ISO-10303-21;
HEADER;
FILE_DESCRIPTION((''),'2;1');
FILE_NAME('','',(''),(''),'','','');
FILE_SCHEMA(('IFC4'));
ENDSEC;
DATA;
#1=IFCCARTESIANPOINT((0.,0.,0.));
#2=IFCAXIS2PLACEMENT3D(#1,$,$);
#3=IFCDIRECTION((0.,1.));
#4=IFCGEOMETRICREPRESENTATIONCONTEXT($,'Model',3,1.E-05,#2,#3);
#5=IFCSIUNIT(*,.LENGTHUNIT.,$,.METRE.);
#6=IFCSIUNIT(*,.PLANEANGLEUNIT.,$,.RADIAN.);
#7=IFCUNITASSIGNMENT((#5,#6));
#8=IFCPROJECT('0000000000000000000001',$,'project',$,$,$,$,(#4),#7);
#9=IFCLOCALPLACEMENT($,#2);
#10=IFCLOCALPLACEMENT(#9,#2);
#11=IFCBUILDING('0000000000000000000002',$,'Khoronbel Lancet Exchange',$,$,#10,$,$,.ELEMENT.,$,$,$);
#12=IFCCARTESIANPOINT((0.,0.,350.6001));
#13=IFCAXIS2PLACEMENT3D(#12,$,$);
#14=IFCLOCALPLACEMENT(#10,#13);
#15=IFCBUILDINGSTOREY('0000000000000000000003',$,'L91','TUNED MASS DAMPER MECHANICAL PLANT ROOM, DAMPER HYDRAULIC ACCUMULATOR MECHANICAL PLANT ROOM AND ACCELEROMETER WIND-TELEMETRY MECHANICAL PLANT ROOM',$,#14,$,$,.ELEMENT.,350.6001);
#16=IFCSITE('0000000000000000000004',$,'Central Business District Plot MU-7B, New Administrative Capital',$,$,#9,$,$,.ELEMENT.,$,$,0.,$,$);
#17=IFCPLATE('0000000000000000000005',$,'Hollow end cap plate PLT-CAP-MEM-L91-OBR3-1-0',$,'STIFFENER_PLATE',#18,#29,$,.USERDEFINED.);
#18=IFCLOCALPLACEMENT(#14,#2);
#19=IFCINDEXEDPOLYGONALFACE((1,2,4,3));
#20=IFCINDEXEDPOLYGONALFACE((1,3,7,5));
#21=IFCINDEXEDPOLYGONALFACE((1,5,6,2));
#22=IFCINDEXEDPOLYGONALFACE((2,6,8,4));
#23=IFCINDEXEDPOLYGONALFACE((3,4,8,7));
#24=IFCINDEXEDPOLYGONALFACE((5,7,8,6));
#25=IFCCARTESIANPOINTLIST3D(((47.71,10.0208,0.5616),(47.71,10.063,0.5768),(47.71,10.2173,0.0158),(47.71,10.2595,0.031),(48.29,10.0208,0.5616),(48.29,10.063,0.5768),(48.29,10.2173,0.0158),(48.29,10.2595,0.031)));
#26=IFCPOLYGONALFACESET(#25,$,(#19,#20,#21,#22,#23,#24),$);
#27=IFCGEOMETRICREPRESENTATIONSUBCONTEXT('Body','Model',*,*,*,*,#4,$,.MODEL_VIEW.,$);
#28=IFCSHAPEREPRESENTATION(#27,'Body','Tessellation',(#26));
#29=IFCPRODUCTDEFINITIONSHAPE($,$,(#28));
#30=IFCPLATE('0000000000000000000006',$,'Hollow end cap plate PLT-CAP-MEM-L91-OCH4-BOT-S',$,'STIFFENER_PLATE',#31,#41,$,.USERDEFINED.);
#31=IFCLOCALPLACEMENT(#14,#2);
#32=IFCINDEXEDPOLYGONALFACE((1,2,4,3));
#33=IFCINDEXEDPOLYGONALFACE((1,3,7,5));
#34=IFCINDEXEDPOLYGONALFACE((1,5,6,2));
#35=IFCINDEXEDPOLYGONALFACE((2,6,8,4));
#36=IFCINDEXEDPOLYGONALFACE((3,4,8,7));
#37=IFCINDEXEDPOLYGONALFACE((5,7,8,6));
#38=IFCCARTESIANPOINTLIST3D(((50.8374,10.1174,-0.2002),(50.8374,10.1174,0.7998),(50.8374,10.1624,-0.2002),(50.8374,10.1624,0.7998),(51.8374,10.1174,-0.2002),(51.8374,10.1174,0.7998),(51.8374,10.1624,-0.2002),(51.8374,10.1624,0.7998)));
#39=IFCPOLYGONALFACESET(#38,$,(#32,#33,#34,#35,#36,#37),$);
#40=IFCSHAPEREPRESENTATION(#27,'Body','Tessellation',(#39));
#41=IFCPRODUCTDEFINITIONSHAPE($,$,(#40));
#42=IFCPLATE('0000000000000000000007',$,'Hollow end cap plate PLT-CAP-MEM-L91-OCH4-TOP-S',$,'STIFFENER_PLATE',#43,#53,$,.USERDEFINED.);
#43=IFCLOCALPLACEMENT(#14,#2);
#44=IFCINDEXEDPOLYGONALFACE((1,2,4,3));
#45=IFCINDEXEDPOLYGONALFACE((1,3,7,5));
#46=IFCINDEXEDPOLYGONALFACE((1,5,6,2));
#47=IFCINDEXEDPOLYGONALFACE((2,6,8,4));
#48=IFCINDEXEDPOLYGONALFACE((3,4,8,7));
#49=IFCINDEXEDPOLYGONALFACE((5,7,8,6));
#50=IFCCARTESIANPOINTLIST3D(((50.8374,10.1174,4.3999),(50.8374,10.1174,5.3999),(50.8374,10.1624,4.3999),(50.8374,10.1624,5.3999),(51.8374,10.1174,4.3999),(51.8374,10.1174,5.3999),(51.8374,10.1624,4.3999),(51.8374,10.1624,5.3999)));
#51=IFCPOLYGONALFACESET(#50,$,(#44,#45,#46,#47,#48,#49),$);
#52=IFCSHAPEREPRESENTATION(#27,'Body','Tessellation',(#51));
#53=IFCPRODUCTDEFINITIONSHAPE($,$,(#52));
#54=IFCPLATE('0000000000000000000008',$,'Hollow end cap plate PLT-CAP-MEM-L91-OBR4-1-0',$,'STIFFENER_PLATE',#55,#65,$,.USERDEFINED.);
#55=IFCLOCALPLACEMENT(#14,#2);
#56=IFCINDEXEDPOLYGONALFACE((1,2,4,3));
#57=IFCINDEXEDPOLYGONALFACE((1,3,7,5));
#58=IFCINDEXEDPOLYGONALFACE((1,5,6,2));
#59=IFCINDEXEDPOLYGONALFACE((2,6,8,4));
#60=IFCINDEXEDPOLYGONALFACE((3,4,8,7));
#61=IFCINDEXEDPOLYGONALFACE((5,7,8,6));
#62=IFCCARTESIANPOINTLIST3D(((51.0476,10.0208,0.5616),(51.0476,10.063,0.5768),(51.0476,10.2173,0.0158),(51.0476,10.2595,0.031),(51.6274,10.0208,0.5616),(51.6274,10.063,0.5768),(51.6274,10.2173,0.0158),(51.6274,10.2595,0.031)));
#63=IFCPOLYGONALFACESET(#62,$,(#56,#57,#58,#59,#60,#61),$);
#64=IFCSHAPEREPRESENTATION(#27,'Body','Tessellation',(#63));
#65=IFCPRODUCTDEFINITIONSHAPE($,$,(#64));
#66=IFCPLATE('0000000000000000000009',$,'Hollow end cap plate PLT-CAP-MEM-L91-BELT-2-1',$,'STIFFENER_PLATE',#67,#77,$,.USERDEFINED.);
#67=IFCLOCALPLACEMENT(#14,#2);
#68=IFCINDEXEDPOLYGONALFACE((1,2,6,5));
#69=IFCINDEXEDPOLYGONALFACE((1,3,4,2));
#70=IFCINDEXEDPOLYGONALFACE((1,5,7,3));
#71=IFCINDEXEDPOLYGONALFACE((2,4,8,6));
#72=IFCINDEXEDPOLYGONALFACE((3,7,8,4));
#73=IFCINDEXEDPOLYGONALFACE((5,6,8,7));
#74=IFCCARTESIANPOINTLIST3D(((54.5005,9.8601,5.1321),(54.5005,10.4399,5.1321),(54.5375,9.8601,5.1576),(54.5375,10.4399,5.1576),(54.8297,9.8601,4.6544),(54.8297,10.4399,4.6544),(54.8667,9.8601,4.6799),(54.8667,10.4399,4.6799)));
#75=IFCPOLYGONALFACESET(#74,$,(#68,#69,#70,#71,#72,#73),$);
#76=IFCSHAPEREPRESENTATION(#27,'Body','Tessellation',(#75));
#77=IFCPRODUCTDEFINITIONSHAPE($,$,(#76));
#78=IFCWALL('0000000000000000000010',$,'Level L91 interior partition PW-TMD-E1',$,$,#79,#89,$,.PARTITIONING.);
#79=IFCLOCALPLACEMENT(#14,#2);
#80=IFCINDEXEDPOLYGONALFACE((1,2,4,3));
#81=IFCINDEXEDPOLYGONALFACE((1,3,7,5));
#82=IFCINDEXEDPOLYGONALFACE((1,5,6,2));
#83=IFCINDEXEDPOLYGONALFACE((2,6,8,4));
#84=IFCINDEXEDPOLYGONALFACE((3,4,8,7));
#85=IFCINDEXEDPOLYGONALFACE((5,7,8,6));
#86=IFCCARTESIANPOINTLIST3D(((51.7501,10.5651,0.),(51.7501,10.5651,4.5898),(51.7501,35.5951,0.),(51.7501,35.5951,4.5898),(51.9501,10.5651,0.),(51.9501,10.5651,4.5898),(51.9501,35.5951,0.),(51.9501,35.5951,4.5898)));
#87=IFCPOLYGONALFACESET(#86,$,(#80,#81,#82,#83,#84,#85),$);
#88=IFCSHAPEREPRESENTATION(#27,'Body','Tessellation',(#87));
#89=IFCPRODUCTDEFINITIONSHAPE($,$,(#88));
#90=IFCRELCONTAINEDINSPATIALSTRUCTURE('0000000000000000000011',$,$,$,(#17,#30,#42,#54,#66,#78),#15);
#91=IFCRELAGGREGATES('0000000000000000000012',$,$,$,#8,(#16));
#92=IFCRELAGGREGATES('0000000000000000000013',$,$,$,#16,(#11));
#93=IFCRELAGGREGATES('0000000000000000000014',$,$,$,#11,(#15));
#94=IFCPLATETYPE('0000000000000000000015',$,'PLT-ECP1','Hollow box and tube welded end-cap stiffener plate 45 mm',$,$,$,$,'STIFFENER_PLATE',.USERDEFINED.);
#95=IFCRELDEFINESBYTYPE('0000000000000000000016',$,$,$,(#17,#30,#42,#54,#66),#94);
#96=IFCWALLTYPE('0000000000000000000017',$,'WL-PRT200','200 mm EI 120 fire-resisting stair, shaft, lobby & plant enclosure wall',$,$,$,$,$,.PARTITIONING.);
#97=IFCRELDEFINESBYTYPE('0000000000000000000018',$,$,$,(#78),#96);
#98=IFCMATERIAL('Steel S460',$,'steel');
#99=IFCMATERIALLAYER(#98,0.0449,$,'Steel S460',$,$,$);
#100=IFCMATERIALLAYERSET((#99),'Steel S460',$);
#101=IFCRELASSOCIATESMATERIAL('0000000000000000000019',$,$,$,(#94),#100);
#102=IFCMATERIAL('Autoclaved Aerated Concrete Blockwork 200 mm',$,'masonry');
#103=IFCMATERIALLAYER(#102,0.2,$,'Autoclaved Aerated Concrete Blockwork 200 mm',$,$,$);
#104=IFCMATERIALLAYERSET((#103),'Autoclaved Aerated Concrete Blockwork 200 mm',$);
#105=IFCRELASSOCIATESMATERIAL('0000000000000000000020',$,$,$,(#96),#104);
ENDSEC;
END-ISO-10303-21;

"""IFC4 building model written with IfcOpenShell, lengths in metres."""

from ifc_helpers import new_model, si_unit, direction, frame, frame_2d, origin, origin_2d, place, context, subcontext, project, spatial, polyline, rectangle, outline, extrude, material, layer, layer_set, type_object, element, save


model = new_model("IFC4")

# Units and contexts
model_context = context("Model", 3, precision=1e-05, world=origin(), true_north=direction((0.0, 1.0)))
body_context = subcontext(model_context, "Body", "Model", "MODEL_VIEW")
ifc_project = project(units=[si_unit("LENGTHUNIT", "METRE"), si_unit("PLANEANGLEUNIT", "RADIAN")], contexts=[model_context])

# Site, building, storey
site_placement = place(None, origin())
site = spatial("IfcSite", under=ifc_project, at=site_placement, Name="Central Business District Plot MU-7B, New Administrative Capital", CompositionType="ELEMENT", RefElevation=0.0)
building_placement = place(site_placement, origin())
building = spatial("IfcBuilding", under=site, at=building_placement, Name="Khoronbel Lancet Exchange", CompositionType="ELEMENT")
storey_placement = place(building_placement, frame((0.0, 0.0, 350.6001)))
storey = spatial("IfcBuildingStorey", under=building, at=storey_placement, Name="L91", Description="TUNED MASS DAMPER MECHANICAL PLANT ROOM, DAMPER HYDRAULIC ACCUMULATOR MECHANICAL PLANT ROOM AND ACCELEROMETER WIND-TELEMETRY MECHANICAL PLANT ROOM", CompositionType="ELEMENT", Elevation=350.6001)

# Shared definitions
ifc_material_1 = material(Name="Steel S460", Category="steel")

# Plates
ifc_layer_1 = layer(ifc_material_1, 0.0449, Name="Steel S460")
ifc_layer_set_1 = layer_set([ifc_layer_1], Name="Steel S460")
plate_type_1 = type_object("IfcPlateType", Name="PLT-ECP1", Description="Hollow box and tube welded end-cap stiffener plate 45 mm", ElementType="STIFFENER_PLATE", PredefinedType="USERDEFINED", material=ifc_layer_set_1)
plate_1_placement = place(storey_placement, frame((48.29, 10.2595, 0.031), z_axis=(0.0, 0.940882, 0.338734), x_axis=(-1.0, 0.0, 0.0)))
element("IfcPlate", 1, at=plate_1_placement, inside=storey, type_object=plate_type_1, Name="Hollow end cap plate PLT-CAP-MEM-L91-OBR3-1-0", ObjectType="STIFFENER_PLATE", PredefinedType="USERDEFINED", context=body_context, shape_type="SweptSolid", body=[
    extrude(outline(polyline([(0.0, 0.0), (0.5801, 0.0), (0.5801, 0.5801), (0.0, 0.5801), (0.0, 0.0)])), origin(), (0.0, 0.0, -1.0), 0.0449),
])
for number, where, z_axis, x_axis, name in (
    (2, (51.3374, 10.1399, -0.2002), (0.0, 0.0, 1.0), (0.0, -1.0, 0.0), "Hollow end cap plate PLT-CAP-MEM-L91-OCH4-BOT-S"),
    (3, (51.3374, 10.1399, 4.3999), (0.0, 0.0, 1.0), (0.0, -1.0, 0.0), "Hollow end cap plate PLT-CAP-MEM-L91-OCH4-TOP-S"),
):
    element("IfcPlate", number, at=place(storey_placement, frame(where, z_axis=z_axis, x_axis=x_axis)), inside=storey, type_object=plate_type_1, Name=name, ObjectType="STIFFENER_PLATE", PredefinedType="USERDEFINED", context=body_context, shape_type="SweptSolid", body=[
        extrude(rectangle(XDim=0.0449, YDim=1.0, at=origin_2d()), origin(), (0.0, 0.0, 1.0), 1.0),
    ])
for number, where, z_axis, x_axis, name in (
    (4, (51.6274, 10.2595, 0.031), (0.0, 0.940882, 0.338734), (-1.0, 0.0, 0.0), "Hollow end cap plate PLT-CAP-MEM-L91-OBR4-1-0"),
    (5, (54.8667, 9.8601, 4.6799), (0.823403, 0.0, 0.567457), (0.0, 1.0, 0.0), "Hollow end cap plate PLT-CAP-MEM-L91-BELT-2-1"),
):
    element("IfcPlate", number, at=place(storey_placement, frame(where, z_axis=z_axis, x_axis=x_axis)), inside=storey, type_object=plate_type_1, Name=name, ObjectType="STIFFENER_PLATE", PredefinedType="USERDEFINED", context=body_context, shape_type="SweptSolid", body=[
        extrude(outline(polyline([(0.0, 0.0), (0.5798, 0.0), (0.5798, 0.5801), (0.0, 0.5801), (0.0, 0.0)])), origin(), (0.0, 0.0, -1.0), 0.0449),
    ])

# Wall
ifc_material_2 = material(Name="Autoclaved Aerated Concrete Blockwork 200 mm", Category="masonry")
ifc_layer_2 = layer(ifc_material_2, 0.2, Name="Autoclaved Aerated Concrete Blockwork 200 mm")
ifc_layer_set_2 = layer_set([ifc_layer_2], Name="Autoclaved Aerated Concrete Blockwork 200 mm")
wall_type = type_object("IfcWallType", Name="WL-PRT200", Description="200 mm EI 120 fire-resisting stair, shaft, lobby & plant enclosure wall", PredefinedType="PARTITIONING", material=ifc_layer_set_2)
wall_placement = place(storey_placement, frame((51.8501, 10.5649, 0.0), z_axis=(0.0, 0.0, 1.0), x_axis=(0.0, 1.0, 0.0)))
element("IfcWall", 6, at=wall_placement, inside=storey, type_object=wall_type, Name="Level L91 interior partition PW-TMD-E1", PredefinedType="PARTITIONING", context=body_context, shape_type="SweptSolid", body=[
    extrude(rectangle(XDim=25.03, YDim=0.2, at=frame_2d((12.5151, 0.0))), origin(), (0.0, 0.0, 1.0), 4.5898),
])

save(model, "model.ifc")
